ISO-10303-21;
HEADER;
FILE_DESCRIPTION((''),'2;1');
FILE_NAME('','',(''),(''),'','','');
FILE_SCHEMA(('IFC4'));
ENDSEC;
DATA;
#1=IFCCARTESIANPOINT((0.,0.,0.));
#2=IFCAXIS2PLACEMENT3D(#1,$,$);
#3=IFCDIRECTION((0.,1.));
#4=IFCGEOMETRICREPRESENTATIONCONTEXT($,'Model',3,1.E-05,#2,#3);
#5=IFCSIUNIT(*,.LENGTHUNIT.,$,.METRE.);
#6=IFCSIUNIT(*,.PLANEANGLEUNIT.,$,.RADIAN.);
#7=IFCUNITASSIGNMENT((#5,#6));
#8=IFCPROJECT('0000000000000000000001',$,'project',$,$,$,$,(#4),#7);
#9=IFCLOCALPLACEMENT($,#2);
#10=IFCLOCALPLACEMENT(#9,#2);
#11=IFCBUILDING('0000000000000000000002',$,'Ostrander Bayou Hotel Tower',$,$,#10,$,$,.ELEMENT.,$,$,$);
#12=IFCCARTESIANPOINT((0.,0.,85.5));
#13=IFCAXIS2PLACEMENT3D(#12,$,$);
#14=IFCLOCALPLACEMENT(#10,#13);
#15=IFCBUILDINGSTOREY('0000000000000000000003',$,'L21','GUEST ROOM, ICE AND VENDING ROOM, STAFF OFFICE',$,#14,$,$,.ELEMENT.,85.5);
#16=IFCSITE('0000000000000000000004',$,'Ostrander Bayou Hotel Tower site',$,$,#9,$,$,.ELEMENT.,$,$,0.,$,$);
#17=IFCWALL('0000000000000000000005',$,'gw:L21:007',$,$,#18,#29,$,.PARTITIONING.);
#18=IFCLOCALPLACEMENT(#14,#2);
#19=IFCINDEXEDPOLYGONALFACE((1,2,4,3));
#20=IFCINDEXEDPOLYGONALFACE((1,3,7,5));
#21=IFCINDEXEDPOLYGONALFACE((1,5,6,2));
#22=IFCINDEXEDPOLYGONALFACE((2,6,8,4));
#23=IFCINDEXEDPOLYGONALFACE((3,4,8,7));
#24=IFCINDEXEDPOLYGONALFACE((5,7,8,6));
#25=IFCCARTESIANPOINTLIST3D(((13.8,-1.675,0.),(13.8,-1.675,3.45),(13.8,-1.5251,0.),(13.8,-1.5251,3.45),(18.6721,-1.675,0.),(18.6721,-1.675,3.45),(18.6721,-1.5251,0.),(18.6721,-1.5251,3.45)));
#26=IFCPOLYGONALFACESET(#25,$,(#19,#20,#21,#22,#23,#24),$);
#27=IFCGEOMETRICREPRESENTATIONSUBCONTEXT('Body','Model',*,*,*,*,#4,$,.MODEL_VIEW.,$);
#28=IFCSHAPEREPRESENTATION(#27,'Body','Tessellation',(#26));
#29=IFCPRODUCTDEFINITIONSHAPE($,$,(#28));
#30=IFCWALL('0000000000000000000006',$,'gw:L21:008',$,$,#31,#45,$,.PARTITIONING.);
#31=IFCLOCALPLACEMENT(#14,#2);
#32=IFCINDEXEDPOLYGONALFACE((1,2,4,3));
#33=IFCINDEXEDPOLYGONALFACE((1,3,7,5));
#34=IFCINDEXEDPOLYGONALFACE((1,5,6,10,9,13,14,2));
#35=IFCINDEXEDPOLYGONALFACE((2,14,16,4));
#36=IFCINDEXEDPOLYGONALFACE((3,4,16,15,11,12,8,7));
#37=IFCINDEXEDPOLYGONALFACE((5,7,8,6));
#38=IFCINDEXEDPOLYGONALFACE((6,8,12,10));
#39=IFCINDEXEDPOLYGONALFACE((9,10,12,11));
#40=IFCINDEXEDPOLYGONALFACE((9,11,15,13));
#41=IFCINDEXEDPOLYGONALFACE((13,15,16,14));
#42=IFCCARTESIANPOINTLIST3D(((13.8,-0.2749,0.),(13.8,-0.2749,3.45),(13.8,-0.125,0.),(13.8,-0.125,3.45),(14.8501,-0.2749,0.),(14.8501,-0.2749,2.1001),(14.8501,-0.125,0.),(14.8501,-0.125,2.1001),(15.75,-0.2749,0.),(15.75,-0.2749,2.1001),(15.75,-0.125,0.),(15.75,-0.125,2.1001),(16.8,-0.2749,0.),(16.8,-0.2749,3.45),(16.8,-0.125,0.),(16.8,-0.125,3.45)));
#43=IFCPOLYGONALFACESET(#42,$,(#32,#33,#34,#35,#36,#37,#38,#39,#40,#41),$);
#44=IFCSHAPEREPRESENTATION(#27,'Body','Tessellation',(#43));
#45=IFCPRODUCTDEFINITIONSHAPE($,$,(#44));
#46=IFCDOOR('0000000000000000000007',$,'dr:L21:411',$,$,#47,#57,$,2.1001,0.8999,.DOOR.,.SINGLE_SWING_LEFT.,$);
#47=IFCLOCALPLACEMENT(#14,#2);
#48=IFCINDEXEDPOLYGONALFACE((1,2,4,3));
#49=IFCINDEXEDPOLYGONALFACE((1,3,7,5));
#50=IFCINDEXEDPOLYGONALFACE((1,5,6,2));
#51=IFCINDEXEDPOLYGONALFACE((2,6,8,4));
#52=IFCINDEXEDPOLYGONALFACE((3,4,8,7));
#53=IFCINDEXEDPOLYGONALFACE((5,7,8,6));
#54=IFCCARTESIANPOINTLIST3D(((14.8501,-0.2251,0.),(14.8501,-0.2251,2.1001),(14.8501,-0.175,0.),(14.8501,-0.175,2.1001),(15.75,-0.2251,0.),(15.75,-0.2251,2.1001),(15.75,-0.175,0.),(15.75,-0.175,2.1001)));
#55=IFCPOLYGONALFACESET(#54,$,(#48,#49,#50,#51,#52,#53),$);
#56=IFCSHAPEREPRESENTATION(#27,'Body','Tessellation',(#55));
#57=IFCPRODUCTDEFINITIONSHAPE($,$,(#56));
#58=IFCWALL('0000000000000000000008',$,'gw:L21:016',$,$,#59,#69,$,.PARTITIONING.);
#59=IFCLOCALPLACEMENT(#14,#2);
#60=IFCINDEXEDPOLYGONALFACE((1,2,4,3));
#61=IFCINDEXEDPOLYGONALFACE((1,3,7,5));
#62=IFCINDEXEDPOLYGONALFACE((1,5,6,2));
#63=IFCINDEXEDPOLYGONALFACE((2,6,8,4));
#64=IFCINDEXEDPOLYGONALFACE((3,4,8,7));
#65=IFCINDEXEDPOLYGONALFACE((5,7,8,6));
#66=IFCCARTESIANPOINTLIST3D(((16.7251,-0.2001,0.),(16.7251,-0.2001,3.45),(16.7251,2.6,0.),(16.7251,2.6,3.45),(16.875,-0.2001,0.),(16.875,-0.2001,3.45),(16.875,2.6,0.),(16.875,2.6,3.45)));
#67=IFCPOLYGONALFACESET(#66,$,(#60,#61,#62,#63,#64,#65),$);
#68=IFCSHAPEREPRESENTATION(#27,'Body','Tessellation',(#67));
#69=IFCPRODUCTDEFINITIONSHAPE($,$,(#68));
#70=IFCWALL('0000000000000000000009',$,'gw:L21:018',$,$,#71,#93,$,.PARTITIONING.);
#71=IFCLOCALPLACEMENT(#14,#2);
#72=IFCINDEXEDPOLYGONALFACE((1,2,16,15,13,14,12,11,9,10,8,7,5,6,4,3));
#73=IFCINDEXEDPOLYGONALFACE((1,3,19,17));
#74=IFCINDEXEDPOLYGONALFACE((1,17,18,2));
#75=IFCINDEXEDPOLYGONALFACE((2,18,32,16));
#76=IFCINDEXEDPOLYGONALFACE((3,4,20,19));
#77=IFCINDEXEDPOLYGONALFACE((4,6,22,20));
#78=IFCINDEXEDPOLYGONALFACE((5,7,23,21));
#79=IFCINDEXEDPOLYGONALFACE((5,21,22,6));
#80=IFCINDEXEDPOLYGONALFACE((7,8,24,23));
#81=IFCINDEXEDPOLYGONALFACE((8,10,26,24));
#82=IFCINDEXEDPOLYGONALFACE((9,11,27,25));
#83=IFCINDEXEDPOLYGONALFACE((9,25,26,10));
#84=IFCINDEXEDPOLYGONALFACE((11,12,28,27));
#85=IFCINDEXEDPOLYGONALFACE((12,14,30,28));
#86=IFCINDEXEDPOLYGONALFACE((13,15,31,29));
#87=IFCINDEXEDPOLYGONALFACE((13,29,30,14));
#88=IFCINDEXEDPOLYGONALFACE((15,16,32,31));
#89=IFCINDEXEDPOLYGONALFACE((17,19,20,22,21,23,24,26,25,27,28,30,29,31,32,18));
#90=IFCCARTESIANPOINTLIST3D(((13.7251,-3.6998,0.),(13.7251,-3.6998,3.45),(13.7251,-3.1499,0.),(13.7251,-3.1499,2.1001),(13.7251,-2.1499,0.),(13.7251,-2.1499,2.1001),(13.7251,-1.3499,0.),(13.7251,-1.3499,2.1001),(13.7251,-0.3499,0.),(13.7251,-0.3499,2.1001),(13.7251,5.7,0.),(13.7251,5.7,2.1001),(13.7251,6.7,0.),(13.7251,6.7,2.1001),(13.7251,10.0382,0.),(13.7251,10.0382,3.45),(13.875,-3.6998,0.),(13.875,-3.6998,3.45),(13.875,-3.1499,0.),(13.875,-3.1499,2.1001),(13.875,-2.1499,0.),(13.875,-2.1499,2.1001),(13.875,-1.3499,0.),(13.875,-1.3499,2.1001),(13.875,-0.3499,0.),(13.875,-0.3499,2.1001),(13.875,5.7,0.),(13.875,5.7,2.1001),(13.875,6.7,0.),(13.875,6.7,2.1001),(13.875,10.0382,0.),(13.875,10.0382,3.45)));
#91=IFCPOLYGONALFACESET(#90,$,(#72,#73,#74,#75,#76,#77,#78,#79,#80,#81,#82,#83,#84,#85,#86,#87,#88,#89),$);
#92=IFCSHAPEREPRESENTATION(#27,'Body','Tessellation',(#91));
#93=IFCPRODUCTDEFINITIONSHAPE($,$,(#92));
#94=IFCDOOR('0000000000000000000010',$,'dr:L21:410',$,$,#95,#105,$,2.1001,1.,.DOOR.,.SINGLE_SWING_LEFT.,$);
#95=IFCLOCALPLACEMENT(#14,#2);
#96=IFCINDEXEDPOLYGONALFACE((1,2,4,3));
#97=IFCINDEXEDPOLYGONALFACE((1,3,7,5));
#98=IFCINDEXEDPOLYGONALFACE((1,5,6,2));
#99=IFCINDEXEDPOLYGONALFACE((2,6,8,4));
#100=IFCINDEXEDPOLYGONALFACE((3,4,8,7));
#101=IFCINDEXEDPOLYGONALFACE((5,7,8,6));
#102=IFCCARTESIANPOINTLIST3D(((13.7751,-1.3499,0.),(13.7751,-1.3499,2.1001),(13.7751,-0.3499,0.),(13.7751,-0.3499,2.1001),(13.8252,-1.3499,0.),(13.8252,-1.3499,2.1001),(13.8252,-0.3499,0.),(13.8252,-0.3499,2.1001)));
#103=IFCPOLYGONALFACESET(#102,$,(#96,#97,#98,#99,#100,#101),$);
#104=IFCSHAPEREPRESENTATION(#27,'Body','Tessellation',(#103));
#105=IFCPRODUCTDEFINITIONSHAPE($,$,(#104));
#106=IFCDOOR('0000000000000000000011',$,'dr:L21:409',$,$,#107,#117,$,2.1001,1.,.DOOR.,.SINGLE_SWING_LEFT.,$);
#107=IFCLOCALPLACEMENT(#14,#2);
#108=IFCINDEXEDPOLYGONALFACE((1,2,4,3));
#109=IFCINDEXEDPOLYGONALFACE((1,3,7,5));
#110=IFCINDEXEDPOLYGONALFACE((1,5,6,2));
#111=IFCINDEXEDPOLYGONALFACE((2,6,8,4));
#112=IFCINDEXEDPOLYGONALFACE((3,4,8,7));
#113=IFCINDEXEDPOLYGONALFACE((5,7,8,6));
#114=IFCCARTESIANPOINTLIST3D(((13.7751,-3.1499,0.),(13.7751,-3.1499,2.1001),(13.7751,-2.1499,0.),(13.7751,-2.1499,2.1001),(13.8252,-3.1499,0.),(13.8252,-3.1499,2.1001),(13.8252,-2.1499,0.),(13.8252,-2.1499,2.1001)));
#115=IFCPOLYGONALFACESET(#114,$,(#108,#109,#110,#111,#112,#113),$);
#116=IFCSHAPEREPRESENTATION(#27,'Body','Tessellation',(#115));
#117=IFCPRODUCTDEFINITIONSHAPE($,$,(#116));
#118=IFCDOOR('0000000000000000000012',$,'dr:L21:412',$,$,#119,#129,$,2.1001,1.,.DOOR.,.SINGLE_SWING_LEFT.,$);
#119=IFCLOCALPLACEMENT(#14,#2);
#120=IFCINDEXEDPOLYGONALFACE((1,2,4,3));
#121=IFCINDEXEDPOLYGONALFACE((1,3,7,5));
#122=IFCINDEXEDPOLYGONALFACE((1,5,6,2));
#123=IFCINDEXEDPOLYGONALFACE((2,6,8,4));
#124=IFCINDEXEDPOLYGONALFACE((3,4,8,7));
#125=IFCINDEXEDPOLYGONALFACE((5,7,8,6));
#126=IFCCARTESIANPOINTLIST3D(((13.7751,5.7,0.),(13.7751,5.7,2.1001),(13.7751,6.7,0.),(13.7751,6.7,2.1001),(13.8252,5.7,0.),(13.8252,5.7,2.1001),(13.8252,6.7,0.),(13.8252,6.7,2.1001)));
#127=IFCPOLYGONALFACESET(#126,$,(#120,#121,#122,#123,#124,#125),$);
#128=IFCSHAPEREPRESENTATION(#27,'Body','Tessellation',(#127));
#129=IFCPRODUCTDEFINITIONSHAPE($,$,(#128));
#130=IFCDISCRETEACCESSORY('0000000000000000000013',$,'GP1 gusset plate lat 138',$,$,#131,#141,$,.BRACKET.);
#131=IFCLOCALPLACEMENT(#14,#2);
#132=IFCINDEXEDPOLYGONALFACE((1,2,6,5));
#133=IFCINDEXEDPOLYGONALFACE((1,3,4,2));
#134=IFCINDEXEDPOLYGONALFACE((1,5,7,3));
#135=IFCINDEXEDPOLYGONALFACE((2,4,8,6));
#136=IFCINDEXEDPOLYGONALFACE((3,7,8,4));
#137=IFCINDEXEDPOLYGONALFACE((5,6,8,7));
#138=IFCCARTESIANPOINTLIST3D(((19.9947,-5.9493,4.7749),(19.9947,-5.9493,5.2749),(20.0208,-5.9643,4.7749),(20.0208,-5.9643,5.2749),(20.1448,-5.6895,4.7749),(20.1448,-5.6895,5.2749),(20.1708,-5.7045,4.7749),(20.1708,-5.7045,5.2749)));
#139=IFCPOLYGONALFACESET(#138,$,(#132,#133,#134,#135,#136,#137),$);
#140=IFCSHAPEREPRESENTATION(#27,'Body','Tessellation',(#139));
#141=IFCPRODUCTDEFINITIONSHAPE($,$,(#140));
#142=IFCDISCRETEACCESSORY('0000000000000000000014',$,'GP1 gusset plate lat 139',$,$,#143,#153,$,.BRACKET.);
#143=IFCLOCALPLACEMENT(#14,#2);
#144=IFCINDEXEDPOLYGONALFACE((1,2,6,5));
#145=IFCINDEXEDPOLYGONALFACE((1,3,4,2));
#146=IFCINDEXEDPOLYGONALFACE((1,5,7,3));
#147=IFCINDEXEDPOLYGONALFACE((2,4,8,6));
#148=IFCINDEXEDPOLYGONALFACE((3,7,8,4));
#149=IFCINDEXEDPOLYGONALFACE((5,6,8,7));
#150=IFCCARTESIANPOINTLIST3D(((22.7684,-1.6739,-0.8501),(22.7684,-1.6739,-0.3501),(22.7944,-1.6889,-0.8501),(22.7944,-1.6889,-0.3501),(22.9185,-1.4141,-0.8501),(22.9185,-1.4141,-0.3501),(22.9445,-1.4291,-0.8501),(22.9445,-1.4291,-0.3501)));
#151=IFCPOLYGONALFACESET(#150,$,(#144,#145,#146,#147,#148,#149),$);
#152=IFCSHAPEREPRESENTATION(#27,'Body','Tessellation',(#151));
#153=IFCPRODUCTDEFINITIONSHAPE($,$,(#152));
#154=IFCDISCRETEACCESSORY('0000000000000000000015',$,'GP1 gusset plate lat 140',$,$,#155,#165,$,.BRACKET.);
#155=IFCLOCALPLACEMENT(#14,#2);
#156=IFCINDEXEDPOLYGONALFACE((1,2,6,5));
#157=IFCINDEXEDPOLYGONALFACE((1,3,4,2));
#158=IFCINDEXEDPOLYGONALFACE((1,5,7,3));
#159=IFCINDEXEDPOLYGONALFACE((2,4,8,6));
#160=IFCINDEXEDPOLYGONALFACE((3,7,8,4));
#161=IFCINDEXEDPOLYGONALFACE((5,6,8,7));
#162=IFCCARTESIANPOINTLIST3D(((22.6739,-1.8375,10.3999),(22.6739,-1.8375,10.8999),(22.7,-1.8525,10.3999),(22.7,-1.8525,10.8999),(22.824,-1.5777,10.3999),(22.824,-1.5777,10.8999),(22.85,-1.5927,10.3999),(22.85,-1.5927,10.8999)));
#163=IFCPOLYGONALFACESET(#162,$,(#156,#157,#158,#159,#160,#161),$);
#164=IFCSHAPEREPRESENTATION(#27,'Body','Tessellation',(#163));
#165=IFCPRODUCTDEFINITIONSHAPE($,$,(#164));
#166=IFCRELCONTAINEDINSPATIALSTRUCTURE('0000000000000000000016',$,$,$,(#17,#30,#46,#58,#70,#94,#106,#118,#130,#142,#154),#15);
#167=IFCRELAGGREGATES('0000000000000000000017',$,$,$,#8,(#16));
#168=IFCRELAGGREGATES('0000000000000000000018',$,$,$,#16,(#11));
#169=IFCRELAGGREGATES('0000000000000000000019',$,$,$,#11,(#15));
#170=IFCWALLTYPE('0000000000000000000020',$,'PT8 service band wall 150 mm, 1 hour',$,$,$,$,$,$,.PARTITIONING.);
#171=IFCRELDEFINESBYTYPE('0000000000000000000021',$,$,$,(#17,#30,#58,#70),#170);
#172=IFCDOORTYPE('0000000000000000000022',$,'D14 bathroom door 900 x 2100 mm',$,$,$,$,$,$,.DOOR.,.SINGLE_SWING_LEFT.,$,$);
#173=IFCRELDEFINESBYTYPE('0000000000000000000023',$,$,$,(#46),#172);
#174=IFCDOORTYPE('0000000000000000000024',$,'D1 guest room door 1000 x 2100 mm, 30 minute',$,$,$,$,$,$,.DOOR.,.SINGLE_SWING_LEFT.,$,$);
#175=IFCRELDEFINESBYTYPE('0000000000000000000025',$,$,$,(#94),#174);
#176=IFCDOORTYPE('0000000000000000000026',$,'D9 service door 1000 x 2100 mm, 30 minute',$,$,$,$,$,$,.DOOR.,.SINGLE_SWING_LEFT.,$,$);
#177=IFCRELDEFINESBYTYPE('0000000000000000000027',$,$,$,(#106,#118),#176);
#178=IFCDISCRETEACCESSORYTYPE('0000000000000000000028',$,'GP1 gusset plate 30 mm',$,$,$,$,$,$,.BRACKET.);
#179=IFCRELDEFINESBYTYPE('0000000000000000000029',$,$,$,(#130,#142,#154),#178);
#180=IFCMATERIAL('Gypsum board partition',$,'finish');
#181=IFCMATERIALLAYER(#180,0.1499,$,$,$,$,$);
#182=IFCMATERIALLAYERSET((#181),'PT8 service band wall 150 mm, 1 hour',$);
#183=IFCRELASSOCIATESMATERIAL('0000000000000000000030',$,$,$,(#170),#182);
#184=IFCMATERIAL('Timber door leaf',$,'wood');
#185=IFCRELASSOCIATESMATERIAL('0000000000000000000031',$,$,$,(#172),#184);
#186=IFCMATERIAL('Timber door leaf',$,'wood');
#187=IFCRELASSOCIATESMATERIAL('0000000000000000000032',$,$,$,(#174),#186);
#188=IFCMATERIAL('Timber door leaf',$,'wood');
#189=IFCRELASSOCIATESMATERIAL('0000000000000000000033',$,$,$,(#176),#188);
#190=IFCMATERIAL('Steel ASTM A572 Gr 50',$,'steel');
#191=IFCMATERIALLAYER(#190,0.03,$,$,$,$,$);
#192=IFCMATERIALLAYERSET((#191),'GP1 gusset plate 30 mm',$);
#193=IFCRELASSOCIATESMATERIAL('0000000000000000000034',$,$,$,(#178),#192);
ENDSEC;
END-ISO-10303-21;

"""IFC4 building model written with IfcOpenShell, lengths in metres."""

from ifc_helpers import new_model, si_unit, direction, frame, frame_2d, origin, origin_2d, place, context, subcontext, project, spatial, rectangle, extrude, material, layer, layer_set, type_object, element, fill, save


model = new_model("IFC4")

# Units and contexts
model_context = context("Model", 3, precision=1e-05, world=origin(), true_north=direction((0.0, 1.0)))
body_context = subcontext(model_context, "Body", "Model", "MODEL_VIEW")
ifc_project = project(units=[si_unit("LENGTHUNIT", "METRE"), si_unit("PLANEANGLEUNIT", "RADIAN")], contexts=[model_context])

# Site, building, storey
site_placement = place(None, origin())
site = spatial("IfcSite", under=ifc_project, at=site_placement, Name="Ostrander Bayou Hotel Tower site", CompositionType="ELEMENT", RefElevation=0.0)
building_placement = place(site_placement, origin())
building = spatial("IfcBuilding", under=site, at=building_placement, Name="Ostrander Bayou Hotel Tower", CompositionType="ELEMENT")
storey_placement = place(building_placement, frame((0.0, 0.0, 85.5)))
storey = spatial("IfcBuildingStorey", under=building, at=storey_placement, Name="L21", Description="GUEST ROOM, ICE AND VENDING ROOM, STAFF OFFICE", CompositionType="ELEMENT", Elevation=85.5)

# Wall
ifc_material_1 = material(Name="Gypsum board partition", Category="finish")
ifc_layer_1 = layer(ifc_material_1, 0.1499)
ifc_layer_set_1 = layer_set([ifc_layer_1], Name="PT8 service band wall 150 mm, 1 hour")
wall_type_1 = type_object("IfcWallType", Name="PT8 service band wall 150 mm, 1 hour", PredefinedType="PARTITIONING", material=ifc_layer_set_1)
wall_1_placement = place(storey_placement, frame((13.8, -1.6001, 0.0), z_axis=(0.0, 0.0, 1.0), x_axis=(1.0, 0.0, 0.0)))
element("IfcWall", 1, at=wall_1_placement, inside=storey, type_object=wall_type_1, Name="gw:L21:007", PredefinedType="PARTITIONING", context=body_context, shape_type="SweptSolid", body=[
    extrude(rectangle(XDim=4.8721, YDim=0.1499, at=frame_2d((2.436, 0.0))), origin(), (0.0, 0.0, 1.0), 3.45),
])

# Wall, opening, door
wall_2_placement = place(storey_placement, frame((13.8, -0.2, 0.0), z_axis=(0.0, 0.0, 1.0), x_axis=(1.0, 0.0, 0.0)))
wall_2 = element("IfcWall", 2, at=wall_2_placement, inside=storey, type_object=wall_type_1, Name="gw:L21:008", PredefinedType="PARTITIONING", context=body_context, shape_type="SweptSolid", body=[
    extrude(rectangle(XDim=3.0, YDim=0.1499, at=frame_2d((1.5, 0.0))), origin(), (0.0, 0.0, 1.0), 3.45),
])
opening_1_placement = place(wall_2_placement, frame((1.05, 0.0, 0.0)))
opening_1 = element("IfcOpeningElement", 3, at=opening_1_placement, cuts=wall_2, PredefinedType="OPENING", context=body_context, shape_type="SweptSolid", body=[
    extrude(rectangle(XDim=0.8999, YDim=2.1001, at=frame_2d((0.45, 1.05))), frame((0.0, 0.075, 0.0), z_axis=(0.0, -1.0, 0.0), x_axis=(1.0, 0.0, 0.0)), (0.0, 0.0, 1.0), 0.1499),
])
ifc_material_2 = material(Name="Timber door leaf", Category="wood")
door_type_1 = type_object("IfcDoorType", Name="D14 bathroom door 900 x 2100 mm", OperationType="SINGLE_SWING_LEFT", PredefinedType="DOOR", material=ifc_material_2)
door_1_placement = place(opening_1_placement, origin())
door_1 = element("IfcDoor", 4, at=door_1_placement, inside=storey, type_object=door_type_1, Name="dr:L21:411", OperationType="SINGLE_SWING_LEFT", OverallHeight=2.1001, OverallWidth=0.8999, PredefinedType="DOOR", context=body_context, shape_type="SweptSolid", body=[
    extrude(rectangle(XDim=0.8999, YDim=2.1001, at=frame_2d((0.45, 1.05))), frame((0.0, 0.0249, 0.0), z_axis=(0.0, -1.0, 0.0), x_axis=(1.0, 0.0, 0.0)), (0.0, 0.0, 1.0), 0.05),
])
fill(opening_1, door_1)

# Wall
wall_3_placement = place(storey_placement, frame((16.8, -0.2, 0.0), z_axis=(0.0, 0.0, 1.0), x_axis=(0.0, 1.0, 0.0)))
element("IfcWall", 5, at=wall_3_placement, inside=storey, type_object=wall_type_1, Name="gw:L21:016", PredefinedType="PARTITIONING", context=body_context, shape_type="SweptSolid", body=[
    extrude(rectangle(XDim=2.8, YDim=0.1499, at=frame_2d((1.3999, 0.0))), origin(), (0.0, 0.0, 1.0), 3.45),
])

# Wall, openings, doors
wall_4_placement = place(storey_placement, frame((13.8, -3.7, 0.0), z_axis=(0.0, 0.0, 1.0), x_axis=(0.0, 1.0, 0.0)))
wall_4 = element("IfcWall", 6, at=wall_4_placement, inside=storey, type_object=wall_type_1, Name="gw:L21:018", PredefinedType="PARTITIONING", context=body_context, shape_type="SweptSolid", body=[
    extrude(rectangle(XDim=13.738, YDim=0.1499, at=frame_2d((6.8691, 0.0))), origin(), (0.0, 0.0, 1.0), 3.45),
])
opening_2_placement = place(wall_4_placement, frame((0.55, 0.0, 0.0)))
opening_2 = element("IfcOpeningElement", 7, at=opening_2_placement, cuts=wall_4, PredefinedType="OPENING", context=body_context, shape_type="SweptSolid", body=[
    extrude(rectangle(XDim=1.0, YDim=2.1001, at=frame_2d((0.5, 1.05))), frame((0.0, 0.075, 0.0), z_axis=(0.0, -1.0, 0.0), x_axis=(1.0, 0.0, 0.0)), (0.0, 0.0, 1.0), 0.1499),
])
opening_3_placement = place(wall_4_placement, frame((2.3501, 0.0, 0.0)))
opening_3 = element("IfcOpeningElement", 8, at=opening_3_placement, cuts=wall_4, PredefinedType="OPENING", context=body_context, shape_type="SweptSolid", body=[
    extrude(rectangle(XDim=1.0, YDim=2.1001, at=frame_2d((0.5, 1.05))), frame((0.0, 0.075, 0.0), z_axis=(0.0, -1.0, 0.0), x_axis=(1.0, 0.0, 0.0)), (0.0, 0.0, 1.0), 0.1499),
])
opening_4_placement = place(wall_4_placement, frame((9.3999, 0.0, 0.0)))
opening_4 = element("IfcOpeningElement", 9, at=opening_4_placement, cuts=wall_4, PredefinedType="OPENING", context=body_context, shape_type="SweptSolid", body=[
    extrude(rectangle(XDim=1.0, YDim=2.1001, at=frame_2d((0.5, 1.05))), frame((0.0, 0.075, 0.0), z_axis=(0.0, -1.0, 0.0), x_axis=(1.0, 0.0, 0.0)), (0.0, 0.0, 1.0), 0.1499),
])
ifc_material_3 = material(Name="Timber door leaf", Category="wood")
door_type_2 = type_object("IfcDoorType", Name="D1 guest room door 1000 x 2100 mm, 30 minute", OperationType="SINGLE_SWING_LEFT", PredefinedType="DOOR", material=ifc_material_3)
door_2_placement = place(opening_3_placement, origin())
door_2 = element("IfcDoor", 10, at=door_2_placement, inside=storey, type_object=door_type_2, Name="dr:L21:410", OperationType="SINGLE_SWING_LEFT", OverallHeight=2.1001, OverallWidth=1.0, PredefinedType="DOOR", context=body_context, shape_type="SweptSolid", body=[
    extrude(rectangle(XDim=1.0, YDim=2.1001, at=frame_2d((0.5, 1.05))), frame((0.0, 0.0249, 0.0), z_axis=(0.0, -1.0, 0.0), x_axis=(1.0, 0.0, 0.0)), (0.0, 0.0, 1.0), 0.05),
])
fill(opening_3, door_2)
ifc_material_4 = material(Name="Timber door leaf", Category="wood")
door_type_3 = type_object("IfcDoorType", Name="D9 service door 1000 x 2100 mm, 30 minute", OperationType="SINGLE_SWING_LEFT", PredefinedType="DOOR", material=ifc_material_4)
door_3_placement = place(opening_2_placement, origin())
door_3 = element("IfcDoor", 11, at=door_3_placement, inside=storey, type_object=door_type_3, Name="dr:L21:409", OperationType="SINGLE_SWING_LEFT", OverallHeight=2.1001, OverallWidth=1.0, PredefinedType="DOOR", context=body_context, shape_type="SweptSolid", body=[
    extrude(rectangle(XDim=1.0, YDim=2.1001, at=frame_2d((0.5, 1.05))), frame((0.0, 0.0249, 0.0), z_axis=(0.0, -1.0, 0.0), x_axis=(1.0, 0.0, 0.0)), (0.0, 0.0, 1.0), 0.05),
])
fill(opening_2, door_3)
door_4_placement = place(opening_4_placement, origin())
door_4 = element("IfcDoor", 12, at=door_4_placement, inside=storey, type_object=door_type_3, Name="dr:L21:412", OperationType="SINGLE_SWING_LEFT", OverallHeight=2.1001, OverallWidth=1.0, PredefinedType="DOOR", context=body_context, shape_type="SweptSolid", body=[
    extrude(rectangle(XDim=1.0, YDim=2.1001, at=frame_2d((0.5, 1.05))), frame((0.0, 0.0249, 0.0), z_axis=(0.0, -1.0, 0.0), x_axis=(1.0, 0.0, 0.0)), (0.0, 0.0, 1.0), 0.05),
])
fill(opening_4, door_4)

# Discrete accessories
ifc_material_5 = material(Name="Steel ASTM A572 Gr 50", Category="steel")
ifc_layer_2 = layer(ifc_material_5, 0.03)
ifc_layer_set_2 = layer_set([ifc_layer_2], Name="GP1 gusset plate 30 mm")
discrete_accessory_type = type_object("IfcDiscreteAccessoryType", Name="GP1 gusset plate 30 mm", PredefinedType="BRACKET", material=ifc_layer_set_2)
for number, where, z_axis, x_axis, name in (
    (13, (20.0828, -5.8269, 4.7749), (0.0, 0.0, 1.0), (0.5, 0.866025, 0.0), "GP1 gusset plate lat 138"),
    (14, (22.8564, -1.5515, -0.8501), (0.0, 0.0, 1.0), (0.5, 0.866025, 0.0), "GP1 gusset plate lat 139"),
    (15, (22.762, -1.7151, 10.3999), (0.0, 0.0, 1.0), (0.5, 0.866025, 0.0), "GP1 gusset plate lat 140"),
):
    element("IfcDiscreteAccessory", number, at=place(storey_placement, frame(where, z_axis=z_axis, x_axis=x_axis)), inside=storey, type_object=discrete_accessory_type, Name=name, PredefinedType="BRACKET", context=body_context, shape_type="SweptSolid", body=[
        extrude(rectangle(XDim=0.3, YDim=0.03, at=origin_2d()), origin(), (0.0, 0.0, 1.0), 0.5),
    ])

save(model, "model.ifc")
